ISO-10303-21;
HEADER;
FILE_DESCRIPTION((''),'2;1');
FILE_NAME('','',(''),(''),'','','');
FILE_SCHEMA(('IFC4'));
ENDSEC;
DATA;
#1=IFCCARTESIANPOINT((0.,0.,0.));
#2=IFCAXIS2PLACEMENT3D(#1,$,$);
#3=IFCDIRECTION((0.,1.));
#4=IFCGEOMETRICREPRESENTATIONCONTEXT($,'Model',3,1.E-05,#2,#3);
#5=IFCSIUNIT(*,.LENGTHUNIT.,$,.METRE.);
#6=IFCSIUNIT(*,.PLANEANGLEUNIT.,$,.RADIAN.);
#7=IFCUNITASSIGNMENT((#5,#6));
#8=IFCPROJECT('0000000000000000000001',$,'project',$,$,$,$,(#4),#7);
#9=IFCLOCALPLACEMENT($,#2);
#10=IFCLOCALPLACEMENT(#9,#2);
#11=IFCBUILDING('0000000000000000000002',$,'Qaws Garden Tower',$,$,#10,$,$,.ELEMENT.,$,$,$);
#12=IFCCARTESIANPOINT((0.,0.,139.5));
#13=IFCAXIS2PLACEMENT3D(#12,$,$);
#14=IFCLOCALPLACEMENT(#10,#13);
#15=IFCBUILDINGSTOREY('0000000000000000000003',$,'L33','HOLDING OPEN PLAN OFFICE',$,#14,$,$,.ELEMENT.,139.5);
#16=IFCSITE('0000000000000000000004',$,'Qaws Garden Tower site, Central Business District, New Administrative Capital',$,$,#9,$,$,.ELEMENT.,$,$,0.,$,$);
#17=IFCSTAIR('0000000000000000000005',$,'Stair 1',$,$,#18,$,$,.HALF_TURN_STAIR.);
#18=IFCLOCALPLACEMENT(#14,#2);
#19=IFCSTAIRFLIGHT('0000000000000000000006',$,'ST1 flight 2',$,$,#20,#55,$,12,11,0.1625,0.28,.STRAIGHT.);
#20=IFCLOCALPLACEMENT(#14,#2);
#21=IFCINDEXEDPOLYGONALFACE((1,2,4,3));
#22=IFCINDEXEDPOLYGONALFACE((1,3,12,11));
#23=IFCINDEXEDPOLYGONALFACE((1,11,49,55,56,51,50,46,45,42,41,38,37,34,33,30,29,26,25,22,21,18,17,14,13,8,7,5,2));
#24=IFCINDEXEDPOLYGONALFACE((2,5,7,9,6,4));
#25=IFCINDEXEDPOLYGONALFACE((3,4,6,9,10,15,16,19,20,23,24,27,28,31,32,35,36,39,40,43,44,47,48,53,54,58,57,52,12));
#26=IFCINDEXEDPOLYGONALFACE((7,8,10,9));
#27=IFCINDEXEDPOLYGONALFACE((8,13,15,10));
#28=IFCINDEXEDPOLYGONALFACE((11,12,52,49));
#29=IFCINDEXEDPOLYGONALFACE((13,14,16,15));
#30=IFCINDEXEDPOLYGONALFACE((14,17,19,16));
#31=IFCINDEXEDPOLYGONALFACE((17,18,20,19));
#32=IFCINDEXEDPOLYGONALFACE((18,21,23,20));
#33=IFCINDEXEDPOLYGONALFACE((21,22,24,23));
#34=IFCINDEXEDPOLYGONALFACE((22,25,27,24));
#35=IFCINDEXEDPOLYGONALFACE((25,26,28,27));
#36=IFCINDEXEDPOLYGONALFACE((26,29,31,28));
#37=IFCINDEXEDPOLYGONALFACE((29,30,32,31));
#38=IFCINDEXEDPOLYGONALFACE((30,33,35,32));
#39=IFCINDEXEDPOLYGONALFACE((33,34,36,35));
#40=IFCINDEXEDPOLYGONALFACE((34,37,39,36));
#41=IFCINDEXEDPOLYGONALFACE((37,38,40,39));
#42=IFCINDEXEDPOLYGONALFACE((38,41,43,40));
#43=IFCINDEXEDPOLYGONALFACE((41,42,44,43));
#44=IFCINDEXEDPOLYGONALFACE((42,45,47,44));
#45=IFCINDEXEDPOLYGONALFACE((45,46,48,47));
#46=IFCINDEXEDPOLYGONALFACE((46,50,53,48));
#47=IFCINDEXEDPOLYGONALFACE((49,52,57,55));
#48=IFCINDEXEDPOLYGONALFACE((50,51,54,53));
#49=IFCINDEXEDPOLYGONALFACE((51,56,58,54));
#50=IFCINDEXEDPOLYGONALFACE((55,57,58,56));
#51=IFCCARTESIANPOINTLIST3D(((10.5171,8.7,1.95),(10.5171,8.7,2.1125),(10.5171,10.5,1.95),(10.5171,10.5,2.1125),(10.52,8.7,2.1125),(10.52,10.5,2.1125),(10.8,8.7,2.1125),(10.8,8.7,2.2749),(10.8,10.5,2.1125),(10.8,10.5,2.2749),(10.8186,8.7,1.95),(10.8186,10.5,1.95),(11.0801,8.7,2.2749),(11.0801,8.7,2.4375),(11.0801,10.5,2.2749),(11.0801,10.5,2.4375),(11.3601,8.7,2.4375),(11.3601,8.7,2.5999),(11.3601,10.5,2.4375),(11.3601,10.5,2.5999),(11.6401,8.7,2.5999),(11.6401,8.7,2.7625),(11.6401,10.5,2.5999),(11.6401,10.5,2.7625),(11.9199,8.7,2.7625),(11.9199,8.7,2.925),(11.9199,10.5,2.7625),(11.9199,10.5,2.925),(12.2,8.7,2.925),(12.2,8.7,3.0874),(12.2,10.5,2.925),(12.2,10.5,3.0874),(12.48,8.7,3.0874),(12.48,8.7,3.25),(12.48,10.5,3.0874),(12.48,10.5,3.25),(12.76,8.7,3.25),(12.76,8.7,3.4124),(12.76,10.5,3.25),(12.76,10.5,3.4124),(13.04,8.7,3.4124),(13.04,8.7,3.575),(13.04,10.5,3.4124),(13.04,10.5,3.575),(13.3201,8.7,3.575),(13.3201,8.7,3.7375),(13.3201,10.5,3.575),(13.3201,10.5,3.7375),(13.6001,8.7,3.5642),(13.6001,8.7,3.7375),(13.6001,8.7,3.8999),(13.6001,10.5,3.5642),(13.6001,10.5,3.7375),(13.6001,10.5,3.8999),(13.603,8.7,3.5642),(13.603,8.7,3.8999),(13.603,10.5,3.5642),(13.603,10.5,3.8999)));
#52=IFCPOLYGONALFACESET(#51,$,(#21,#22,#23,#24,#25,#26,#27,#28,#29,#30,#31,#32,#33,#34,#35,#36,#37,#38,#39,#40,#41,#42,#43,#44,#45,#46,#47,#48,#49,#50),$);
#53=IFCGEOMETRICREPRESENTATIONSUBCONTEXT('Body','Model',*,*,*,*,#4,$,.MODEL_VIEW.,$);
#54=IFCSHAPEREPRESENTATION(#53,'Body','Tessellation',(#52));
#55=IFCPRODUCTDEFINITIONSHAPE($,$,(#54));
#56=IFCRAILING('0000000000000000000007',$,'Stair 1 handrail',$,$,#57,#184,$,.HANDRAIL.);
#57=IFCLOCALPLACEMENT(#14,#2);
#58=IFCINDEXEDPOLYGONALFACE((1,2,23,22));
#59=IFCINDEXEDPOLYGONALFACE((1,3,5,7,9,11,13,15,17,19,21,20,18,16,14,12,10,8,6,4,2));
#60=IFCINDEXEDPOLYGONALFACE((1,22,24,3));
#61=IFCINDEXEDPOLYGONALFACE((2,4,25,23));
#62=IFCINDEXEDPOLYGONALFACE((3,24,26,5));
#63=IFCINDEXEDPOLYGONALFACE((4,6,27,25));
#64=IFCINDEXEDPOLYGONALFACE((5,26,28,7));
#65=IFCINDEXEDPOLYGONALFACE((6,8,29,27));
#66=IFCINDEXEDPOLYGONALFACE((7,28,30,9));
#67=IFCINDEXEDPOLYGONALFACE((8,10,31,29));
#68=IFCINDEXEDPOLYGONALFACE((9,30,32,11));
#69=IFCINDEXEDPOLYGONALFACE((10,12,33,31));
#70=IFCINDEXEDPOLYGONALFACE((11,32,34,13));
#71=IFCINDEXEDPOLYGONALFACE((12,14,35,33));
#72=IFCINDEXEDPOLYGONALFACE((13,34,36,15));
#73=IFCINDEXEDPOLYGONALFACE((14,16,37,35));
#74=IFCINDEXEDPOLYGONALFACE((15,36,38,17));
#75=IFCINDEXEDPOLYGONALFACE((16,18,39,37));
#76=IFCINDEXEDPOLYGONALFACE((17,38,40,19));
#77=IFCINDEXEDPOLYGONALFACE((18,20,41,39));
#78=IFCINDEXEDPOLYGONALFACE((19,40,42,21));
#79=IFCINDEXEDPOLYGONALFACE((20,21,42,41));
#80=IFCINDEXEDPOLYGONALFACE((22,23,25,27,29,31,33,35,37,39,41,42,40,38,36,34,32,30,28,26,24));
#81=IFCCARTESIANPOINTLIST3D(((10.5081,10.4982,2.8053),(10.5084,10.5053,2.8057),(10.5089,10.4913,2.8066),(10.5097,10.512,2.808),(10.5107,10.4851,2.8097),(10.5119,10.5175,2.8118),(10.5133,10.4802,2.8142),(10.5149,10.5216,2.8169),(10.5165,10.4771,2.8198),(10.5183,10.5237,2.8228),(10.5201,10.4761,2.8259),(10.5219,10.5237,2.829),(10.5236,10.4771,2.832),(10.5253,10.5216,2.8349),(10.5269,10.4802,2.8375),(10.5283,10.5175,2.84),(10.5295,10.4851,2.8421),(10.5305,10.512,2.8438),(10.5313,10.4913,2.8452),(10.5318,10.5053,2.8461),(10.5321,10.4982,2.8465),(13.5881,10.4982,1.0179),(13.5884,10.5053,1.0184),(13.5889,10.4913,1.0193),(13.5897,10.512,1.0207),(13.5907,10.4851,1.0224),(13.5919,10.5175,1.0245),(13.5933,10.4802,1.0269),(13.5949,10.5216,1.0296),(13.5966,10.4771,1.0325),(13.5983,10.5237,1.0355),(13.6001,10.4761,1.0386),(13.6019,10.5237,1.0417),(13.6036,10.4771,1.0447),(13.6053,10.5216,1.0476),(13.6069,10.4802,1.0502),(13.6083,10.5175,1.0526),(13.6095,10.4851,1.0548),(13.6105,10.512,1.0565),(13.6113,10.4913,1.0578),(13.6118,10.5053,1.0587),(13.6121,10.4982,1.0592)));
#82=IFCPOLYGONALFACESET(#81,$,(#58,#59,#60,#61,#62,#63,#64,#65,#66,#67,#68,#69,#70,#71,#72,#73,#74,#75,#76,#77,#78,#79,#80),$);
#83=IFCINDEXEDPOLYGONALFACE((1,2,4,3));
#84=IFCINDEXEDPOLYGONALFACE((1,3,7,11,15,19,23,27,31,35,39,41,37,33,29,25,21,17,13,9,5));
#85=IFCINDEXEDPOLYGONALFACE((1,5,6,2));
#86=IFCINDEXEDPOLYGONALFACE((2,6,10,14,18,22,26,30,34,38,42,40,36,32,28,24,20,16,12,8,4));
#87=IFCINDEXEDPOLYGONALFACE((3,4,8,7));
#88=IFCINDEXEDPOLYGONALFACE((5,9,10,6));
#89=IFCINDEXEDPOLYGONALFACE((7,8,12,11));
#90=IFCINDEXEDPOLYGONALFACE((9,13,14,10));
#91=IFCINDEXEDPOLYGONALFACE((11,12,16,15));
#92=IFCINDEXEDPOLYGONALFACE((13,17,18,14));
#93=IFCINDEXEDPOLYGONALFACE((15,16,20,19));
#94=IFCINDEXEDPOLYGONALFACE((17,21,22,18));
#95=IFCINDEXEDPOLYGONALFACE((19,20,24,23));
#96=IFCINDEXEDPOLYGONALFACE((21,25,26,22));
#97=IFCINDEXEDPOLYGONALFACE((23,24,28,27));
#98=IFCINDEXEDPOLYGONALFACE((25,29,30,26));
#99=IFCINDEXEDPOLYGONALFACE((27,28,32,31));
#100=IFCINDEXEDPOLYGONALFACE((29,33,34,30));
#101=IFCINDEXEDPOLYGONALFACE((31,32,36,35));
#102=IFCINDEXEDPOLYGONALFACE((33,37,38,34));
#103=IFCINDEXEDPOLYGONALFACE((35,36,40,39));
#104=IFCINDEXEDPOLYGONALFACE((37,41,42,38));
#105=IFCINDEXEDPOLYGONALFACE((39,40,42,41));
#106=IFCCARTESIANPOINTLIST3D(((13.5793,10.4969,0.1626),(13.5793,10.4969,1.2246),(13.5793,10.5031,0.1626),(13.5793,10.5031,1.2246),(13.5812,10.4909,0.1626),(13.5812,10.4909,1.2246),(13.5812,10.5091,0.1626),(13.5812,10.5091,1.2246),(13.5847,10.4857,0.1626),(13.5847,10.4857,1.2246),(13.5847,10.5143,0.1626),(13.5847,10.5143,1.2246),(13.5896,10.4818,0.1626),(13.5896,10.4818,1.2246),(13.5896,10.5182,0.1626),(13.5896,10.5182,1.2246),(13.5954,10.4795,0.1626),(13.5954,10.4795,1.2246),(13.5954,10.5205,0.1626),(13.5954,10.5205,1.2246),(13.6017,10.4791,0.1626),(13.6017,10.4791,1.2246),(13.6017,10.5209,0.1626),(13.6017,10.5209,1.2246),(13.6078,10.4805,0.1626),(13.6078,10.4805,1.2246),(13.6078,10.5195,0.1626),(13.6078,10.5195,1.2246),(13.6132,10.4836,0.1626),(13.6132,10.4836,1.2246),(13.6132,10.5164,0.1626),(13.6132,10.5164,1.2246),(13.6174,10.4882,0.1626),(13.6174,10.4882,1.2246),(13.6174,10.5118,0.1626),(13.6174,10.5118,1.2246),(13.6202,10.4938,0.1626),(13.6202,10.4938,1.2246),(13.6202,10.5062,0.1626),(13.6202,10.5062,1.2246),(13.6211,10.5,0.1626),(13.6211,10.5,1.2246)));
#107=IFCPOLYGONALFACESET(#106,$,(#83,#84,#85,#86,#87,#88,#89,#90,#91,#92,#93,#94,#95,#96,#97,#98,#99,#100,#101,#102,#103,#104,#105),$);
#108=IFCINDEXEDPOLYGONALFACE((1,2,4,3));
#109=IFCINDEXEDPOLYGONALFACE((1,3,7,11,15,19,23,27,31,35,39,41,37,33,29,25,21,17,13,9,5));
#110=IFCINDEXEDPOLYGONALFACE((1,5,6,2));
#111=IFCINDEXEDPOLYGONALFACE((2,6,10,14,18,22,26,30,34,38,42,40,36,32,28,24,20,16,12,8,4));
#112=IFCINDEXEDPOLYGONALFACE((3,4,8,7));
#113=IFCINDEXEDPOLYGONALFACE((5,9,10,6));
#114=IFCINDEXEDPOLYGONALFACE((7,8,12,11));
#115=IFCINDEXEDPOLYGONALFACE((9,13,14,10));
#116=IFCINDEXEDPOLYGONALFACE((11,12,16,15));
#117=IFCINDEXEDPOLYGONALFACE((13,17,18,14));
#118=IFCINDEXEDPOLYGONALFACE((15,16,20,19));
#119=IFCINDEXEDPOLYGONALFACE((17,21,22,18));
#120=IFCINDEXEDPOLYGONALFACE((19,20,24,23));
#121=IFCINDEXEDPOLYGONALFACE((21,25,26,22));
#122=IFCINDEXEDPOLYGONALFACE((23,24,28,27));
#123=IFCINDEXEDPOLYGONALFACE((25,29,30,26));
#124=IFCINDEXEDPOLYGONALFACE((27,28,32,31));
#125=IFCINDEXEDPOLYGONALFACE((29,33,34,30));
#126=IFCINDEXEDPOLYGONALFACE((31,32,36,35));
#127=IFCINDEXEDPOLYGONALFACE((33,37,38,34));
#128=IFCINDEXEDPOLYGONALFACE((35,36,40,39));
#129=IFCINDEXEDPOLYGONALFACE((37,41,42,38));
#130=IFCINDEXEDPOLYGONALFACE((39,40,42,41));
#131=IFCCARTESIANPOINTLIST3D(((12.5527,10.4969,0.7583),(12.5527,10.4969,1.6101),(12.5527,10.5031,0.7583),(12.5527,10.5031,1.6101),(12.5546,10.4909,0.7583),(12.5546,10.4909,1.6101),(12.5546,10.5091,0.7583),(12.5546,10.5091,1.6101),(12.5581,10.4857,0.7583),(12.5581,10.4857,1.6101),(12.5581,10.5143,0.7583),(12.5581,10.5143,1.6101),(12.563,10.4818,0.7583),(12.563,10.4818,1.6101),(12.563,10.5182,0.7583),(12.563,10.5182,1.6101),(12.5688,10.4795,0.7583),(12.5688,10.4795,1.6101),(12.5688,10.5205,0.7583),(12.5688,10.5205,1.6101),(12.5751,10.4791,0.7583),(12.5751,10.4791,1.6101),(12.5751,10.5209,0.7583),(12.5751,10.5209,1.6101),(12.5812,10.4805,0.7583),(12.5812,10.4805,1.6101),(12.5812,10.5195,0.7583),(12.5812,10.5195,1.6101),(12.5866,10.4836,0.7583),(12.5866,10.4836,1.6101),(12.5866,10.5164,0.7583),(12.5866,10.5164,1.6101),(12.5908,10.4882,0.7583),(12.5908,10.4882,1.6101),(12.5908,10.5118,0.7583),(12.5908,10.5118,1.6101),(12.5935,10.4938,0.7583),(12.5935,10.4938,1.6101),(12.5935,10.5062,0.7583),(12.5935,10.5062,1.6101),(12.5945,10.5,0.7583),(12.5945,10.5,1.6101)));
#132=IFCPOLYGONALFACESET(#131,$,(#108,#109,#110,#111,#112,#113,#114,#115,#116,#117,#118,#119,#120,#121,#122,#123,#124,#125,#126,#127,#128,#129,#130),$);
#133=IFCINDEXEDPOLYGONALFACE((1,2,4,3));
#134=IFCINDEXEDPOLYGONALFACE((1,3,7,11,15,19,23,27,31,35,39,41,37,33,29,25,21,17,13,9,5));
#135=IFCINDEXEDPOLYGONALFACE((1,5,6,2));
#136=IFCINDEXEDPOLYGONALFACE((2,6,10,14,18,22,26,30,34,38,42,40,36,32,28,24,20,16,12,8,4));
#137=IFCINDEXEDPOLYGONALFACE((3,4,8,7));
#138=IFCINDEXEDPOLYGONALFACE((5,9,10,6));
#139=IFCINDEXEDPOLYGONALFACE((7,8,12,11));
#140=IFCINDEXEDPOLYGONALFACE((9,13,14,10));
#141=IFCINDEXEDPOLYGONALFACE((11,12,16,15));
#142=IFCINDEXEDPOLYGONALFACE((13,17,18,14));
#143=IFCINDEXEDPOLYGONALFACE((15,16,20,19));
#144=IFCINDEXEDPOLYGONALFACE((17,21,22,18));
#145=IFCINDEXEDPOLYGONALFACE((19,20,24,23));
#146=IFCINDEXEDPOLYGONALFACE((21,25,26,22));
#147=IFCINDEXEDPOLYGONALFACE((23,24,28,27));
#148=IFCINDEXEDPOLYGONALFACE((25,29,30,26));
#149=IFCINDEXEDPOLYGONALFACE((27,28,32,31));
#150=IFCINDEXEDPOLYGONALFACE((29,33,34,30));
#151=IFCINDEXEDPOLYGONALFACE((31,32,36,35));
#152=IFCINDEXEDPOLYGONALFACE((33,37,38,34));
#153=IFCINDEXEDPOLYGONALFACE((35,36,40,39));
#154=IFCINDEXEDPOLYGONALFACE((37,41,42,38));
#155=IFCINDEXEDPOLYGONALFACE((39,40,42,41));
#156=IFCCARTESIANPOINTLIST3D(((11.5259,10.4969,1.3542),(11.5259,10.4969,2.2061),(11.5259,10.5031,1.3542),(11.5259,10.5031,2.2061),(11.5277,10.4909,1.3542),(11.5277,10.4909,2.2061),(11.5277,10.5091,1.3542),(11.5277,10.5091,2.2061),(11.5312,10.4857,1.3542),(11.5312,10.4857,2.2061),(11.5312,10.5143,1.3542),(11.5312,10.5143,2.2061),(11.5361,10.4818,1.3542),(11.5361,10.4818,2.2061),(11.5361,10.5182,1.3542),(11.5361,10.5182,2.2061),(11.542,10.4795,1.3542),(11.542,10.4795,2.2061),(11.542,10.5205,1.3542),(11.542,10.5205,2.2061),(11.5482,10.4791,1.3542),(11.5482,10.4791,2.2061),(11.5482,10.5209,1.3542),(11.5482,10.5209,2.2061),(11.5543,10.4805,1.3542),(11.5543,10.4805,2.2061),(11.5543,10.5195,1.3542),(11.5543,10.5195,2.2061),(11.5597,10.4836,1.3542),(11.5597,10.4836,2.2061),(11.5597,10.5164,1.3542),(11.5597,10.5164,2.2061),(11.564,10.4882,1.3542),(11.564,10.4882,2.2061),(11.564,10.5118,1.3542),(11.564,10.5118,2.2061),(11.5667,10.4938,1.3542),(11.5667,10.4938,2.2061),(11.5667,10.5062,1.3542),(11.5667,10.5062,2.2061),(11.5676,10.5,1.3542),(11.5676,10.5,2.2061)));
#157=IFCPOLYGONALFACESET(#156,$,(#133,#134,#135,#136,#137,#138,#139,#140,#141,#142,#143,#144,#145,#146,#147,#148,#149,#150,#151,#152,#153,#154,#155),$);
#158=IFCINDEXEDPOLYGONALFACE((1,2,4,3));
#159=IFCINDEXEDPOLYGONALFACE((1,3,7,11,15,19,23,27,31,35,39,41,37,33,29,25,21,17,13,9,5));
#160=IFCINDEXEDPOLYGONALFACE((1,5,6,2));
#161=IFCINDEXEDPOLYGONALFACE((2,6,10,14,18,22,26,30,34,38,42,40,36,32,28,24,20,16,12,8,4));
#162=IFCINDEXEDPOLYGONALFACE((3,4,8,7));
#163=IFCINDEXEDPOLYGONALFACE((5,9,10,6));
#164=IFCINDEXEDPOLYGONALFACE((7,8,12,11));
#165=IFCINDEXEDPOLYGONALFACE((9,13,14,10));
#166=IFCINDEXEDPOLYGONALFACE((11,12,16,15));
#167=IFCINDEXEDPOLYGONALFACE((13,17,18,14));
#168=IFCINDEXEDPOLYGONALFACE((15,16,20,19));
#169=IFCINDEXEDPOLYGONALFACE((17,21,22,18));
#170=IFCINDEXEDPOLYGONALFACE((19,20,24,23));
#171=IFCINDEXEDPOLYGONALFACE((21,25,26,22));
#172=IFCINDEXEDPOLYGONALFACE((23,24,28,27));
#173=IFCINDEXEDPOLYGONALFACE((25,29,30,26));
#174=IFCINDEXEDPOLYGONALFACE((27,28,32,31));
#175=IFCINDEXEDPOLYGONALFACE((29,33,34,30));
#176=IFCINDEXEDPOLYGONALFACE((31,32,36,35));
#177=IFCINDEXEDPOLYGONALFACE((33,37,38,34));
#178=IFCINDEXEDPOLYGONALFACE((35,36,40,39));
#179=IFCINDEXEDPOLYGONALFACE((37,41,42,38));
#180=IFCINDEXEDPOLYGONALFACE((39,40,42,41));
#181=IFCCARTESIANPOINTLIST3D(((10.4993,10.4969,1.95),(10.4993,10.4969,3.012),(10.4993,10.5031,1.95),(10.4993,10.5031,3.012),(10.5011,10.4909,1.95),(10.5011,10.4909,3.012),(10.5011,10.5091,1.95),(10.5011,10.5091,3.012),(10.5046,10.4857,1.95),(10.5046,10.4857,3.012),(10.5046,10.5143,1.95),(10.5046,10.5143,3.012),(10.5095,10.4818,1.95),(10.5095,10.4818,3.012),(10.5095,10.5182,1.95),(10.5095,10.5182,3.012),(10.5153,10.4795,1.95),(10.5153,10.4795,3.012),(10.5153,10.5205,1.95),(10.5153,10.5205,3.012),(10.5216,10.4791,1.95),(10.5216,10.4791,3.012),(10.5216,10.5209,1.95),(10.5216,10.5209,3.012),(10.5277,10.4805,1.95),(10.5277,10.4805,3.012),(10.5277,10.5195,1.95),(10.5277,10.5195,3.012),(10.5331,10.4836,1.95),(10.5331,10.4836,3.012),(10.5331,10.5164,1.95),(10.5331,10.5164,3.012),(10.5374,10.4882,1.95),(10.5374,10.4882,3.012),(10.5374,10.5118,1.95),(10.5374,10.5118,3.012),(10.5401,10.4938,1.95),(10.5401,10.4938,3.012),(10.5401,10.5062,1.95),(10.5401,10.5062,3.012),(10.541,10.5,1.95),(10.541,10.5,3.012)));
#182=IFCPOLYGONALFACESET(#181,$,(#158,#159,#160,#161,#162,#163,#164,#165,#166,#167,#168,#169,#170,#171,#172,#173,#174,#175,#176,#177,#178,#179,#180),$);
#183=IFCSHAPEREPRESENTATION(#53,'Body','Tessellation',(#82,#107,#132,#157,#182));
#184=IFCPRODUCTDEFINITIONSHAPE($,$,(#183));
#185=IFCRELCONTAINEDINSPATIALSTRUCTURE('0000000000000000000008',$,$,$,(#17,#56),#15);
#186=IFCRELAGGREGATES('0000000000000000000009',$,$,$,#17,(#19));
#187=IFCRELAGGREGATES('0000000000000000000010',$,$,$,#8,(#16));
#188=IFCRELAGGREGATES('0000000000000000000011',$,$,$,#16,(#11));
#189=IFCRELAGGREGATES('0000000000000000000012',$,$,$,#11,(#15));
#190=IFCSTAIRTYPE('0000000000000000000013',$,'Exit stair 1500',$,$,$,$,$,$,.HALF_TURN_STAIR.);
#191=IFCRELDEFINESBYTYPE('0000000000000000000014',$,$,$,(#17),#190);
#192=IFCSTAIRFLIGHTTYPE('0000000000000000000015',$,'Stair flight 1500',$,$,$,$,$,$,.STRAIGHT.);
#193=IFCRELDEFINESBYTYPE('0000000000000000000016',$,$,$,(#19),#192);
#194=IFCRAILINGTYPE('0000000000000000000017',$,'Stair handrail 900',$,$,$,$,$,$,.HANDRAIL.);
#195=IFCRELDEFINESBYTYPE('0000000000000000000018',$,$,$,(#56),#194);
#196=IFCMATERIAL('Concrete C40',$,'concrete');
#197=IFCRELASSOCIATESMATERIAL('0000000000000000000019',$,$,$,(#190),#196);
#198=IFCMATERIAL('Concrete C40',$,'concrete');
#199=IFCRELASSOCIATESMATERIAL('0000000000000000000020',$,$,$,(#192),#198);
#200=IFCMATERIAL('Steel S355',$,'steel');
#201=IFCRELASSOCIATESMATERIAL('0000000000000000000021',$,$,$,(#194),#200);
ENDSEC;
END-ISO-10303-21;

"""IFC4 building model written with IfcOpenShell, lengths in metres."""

from ifc_helpers import new_model, si_unit, direction, frame, origin, origin_2d, place, context, subcontext, project, spatial, polyline, circle, outline, extrude, material, type_object, element, aggregate, save


model = new_model("IFC4")

# Units and contexts
model_context = context("Model", 3, precision=1e-05, world=origin(), true_north=direction((0.0, 1.0)))
body_context = subcontext(model_context, "Body", "Model", "MODEL_VIEW")
ifc_project = project(units=[si_unit("LENGTHUNIT", "METRE"), si_unit("PLANEANGLEUNIT", "RADIAN")], contexts=[model_context])

# Site, building, storey
site_placement = place(None, origin())
site = spatial("IfcSite", under=ifc_project, at=site_placement, Name="Qaws Garden Tower site, Central Business District, New Administrative Capital", CompositionType="ELEMENT", RefElevation=0.0)
building_placement = place(site_placement, origin())
building = spatial("IfcBuilding", under=site, at=building_placement, Name="Qaws Garden Tower", CompositionType="ELEMENT")
storey_placement = place(building_placement, frame((0.0, 0.0, 139.5)))
storey = spatial("IfcBuildingStorey", under=building, at=storey_placement, Name="L33", Description="HOLDING OPEN PLAN OFFICE", CompositionType="ELEMENT", Elevation=139.5)

# Stair, stair flight
ifc_material_1 = material(Name="Concrete C40", Category="concrete")
stair_type = type_object("IfcStairType", Name="Exit stair 1500", PredefinedType="HALF_TURN_STAIR", material=ifc_material_1)
stair_placement = place(storey_placement, origin())
stair = element("IfcStair", 1, at=stair_placement, inside=storey, type_object=stair_type, Name="Stair 1", PredefinedType="HALF_TURN_STAIR")
ifc_material_2 = material(Name="Concrete C40", Category="concrete")
stair_flight_type = type_object("IfcStairFlightType", Name="Stair flight 1500", PredefinedType="STRAIGHT", material=ifc_material_2)
stair_flight_1_placement = place(storey_placement, frame((10.52, 9.6001, 1.95), z_axis=(0.0, 0.0, 1.0), x_axis=(1.0, 0.0, 0.0)))
stair_flight_1 = element("IfcStairFlight", 2, at=stair_flight_1_placement, type_object=stair_flight_type, Name="ST1 flight 2", NumberOfRisers=12, NumberOfTreads=11, PredefinedType="STRAIGHT", RiserHeight=0.1625, TreadLength=0.28, context=body_context, shape_type="SweptSolid", body=[
    extrude(outline(polyline([(-0.0029, 0.0), (-0.0029, 0.1626), (0.0, 0.1626), (0.28, 0.1626), (0.28, 0.325), (0.5601, 0.325), (0.5601, 0.4875), (0.8401, 0.4875), (0.8401, 0.6499), (1.1201, 0.6499), (1.1201, 0.8125), (1.3999, 0.8125), (1.3999, 0.9751), (1.6799, 0.9751), (1.6799, 1.1375), (1.96, 1.1375), (1.96, 1.3), (2.24, 1.3), (2.24, 1.4624), (2.52, 1.4624), (2.52, 1.625), (2.8, 1.625), (2.8, 1.7876), (3.0801, 1.7876), (3.0801, 1.95), (3.083, 1.95), (3.083, 1.6143), (3.0801, 1.6143), (0.2986, 0.0), (-0.0029, 0.0)])), frame((0.0, 0.8999, 0.0), z_axis=(0.0, -1.0, 0.0), x_axis=(1.0, 0.0, 0.0)), (0.0, 0.0, 1.0), 1.8),
])
aggregate(stair, [stair_flight_1])

# Railing
ifc_material_3 = material(Name="Steel S355", Category="steel")
railing_type = type_object("IfcRailingType", Name="Stair handrail 900", PredefinedType="HANDRAIL", material=ifc_material_3)
railing_1_placement = place(storey_placement, frame((13.6001, 10.5, 0.1626)))
element("IfcRailing", 3, at=railing_1_placement, inside=storey, type_object=railing_type, Name="Stair 1 handrail", PredefinedType="HANDRAIL", context=body_context, shape_type="SweptSolid", body=[
    extrude(circle(Radius=0.0239, at=origin_2d()), frame((0.0, 0.0, 0.876), z_axis=(-0.86492, 0.0, 0.501909), x_axis=(0.0, -1.0, 0.0)), (0.0, 0.0, 1.0), 3.561),
    extrude(circle(Radius=0.021, at=origin_2d()), origin(), (0.0, 0.0, 1.0), 1.062),
    extrude(circle(Radius=0.021, at=origin_2d()), frame((-1.0266, 0.0, 0.5957)), (0.0, 0.0, 1.0), 0.8518),
    extrude(circle(Radius=0.021, at=origin_2d()), frame((-2.0535, 0.0, 1.1917)), (0.0, 0.0, 1.0), 0.8518),
    extrude(circle(Radius=0.021, at=origin_2d()), frame((-3.0801, 0.0, 1.7874)), (0.0, 0.0, 1.0), 1.062),
])

save(model, "model.ifc")
